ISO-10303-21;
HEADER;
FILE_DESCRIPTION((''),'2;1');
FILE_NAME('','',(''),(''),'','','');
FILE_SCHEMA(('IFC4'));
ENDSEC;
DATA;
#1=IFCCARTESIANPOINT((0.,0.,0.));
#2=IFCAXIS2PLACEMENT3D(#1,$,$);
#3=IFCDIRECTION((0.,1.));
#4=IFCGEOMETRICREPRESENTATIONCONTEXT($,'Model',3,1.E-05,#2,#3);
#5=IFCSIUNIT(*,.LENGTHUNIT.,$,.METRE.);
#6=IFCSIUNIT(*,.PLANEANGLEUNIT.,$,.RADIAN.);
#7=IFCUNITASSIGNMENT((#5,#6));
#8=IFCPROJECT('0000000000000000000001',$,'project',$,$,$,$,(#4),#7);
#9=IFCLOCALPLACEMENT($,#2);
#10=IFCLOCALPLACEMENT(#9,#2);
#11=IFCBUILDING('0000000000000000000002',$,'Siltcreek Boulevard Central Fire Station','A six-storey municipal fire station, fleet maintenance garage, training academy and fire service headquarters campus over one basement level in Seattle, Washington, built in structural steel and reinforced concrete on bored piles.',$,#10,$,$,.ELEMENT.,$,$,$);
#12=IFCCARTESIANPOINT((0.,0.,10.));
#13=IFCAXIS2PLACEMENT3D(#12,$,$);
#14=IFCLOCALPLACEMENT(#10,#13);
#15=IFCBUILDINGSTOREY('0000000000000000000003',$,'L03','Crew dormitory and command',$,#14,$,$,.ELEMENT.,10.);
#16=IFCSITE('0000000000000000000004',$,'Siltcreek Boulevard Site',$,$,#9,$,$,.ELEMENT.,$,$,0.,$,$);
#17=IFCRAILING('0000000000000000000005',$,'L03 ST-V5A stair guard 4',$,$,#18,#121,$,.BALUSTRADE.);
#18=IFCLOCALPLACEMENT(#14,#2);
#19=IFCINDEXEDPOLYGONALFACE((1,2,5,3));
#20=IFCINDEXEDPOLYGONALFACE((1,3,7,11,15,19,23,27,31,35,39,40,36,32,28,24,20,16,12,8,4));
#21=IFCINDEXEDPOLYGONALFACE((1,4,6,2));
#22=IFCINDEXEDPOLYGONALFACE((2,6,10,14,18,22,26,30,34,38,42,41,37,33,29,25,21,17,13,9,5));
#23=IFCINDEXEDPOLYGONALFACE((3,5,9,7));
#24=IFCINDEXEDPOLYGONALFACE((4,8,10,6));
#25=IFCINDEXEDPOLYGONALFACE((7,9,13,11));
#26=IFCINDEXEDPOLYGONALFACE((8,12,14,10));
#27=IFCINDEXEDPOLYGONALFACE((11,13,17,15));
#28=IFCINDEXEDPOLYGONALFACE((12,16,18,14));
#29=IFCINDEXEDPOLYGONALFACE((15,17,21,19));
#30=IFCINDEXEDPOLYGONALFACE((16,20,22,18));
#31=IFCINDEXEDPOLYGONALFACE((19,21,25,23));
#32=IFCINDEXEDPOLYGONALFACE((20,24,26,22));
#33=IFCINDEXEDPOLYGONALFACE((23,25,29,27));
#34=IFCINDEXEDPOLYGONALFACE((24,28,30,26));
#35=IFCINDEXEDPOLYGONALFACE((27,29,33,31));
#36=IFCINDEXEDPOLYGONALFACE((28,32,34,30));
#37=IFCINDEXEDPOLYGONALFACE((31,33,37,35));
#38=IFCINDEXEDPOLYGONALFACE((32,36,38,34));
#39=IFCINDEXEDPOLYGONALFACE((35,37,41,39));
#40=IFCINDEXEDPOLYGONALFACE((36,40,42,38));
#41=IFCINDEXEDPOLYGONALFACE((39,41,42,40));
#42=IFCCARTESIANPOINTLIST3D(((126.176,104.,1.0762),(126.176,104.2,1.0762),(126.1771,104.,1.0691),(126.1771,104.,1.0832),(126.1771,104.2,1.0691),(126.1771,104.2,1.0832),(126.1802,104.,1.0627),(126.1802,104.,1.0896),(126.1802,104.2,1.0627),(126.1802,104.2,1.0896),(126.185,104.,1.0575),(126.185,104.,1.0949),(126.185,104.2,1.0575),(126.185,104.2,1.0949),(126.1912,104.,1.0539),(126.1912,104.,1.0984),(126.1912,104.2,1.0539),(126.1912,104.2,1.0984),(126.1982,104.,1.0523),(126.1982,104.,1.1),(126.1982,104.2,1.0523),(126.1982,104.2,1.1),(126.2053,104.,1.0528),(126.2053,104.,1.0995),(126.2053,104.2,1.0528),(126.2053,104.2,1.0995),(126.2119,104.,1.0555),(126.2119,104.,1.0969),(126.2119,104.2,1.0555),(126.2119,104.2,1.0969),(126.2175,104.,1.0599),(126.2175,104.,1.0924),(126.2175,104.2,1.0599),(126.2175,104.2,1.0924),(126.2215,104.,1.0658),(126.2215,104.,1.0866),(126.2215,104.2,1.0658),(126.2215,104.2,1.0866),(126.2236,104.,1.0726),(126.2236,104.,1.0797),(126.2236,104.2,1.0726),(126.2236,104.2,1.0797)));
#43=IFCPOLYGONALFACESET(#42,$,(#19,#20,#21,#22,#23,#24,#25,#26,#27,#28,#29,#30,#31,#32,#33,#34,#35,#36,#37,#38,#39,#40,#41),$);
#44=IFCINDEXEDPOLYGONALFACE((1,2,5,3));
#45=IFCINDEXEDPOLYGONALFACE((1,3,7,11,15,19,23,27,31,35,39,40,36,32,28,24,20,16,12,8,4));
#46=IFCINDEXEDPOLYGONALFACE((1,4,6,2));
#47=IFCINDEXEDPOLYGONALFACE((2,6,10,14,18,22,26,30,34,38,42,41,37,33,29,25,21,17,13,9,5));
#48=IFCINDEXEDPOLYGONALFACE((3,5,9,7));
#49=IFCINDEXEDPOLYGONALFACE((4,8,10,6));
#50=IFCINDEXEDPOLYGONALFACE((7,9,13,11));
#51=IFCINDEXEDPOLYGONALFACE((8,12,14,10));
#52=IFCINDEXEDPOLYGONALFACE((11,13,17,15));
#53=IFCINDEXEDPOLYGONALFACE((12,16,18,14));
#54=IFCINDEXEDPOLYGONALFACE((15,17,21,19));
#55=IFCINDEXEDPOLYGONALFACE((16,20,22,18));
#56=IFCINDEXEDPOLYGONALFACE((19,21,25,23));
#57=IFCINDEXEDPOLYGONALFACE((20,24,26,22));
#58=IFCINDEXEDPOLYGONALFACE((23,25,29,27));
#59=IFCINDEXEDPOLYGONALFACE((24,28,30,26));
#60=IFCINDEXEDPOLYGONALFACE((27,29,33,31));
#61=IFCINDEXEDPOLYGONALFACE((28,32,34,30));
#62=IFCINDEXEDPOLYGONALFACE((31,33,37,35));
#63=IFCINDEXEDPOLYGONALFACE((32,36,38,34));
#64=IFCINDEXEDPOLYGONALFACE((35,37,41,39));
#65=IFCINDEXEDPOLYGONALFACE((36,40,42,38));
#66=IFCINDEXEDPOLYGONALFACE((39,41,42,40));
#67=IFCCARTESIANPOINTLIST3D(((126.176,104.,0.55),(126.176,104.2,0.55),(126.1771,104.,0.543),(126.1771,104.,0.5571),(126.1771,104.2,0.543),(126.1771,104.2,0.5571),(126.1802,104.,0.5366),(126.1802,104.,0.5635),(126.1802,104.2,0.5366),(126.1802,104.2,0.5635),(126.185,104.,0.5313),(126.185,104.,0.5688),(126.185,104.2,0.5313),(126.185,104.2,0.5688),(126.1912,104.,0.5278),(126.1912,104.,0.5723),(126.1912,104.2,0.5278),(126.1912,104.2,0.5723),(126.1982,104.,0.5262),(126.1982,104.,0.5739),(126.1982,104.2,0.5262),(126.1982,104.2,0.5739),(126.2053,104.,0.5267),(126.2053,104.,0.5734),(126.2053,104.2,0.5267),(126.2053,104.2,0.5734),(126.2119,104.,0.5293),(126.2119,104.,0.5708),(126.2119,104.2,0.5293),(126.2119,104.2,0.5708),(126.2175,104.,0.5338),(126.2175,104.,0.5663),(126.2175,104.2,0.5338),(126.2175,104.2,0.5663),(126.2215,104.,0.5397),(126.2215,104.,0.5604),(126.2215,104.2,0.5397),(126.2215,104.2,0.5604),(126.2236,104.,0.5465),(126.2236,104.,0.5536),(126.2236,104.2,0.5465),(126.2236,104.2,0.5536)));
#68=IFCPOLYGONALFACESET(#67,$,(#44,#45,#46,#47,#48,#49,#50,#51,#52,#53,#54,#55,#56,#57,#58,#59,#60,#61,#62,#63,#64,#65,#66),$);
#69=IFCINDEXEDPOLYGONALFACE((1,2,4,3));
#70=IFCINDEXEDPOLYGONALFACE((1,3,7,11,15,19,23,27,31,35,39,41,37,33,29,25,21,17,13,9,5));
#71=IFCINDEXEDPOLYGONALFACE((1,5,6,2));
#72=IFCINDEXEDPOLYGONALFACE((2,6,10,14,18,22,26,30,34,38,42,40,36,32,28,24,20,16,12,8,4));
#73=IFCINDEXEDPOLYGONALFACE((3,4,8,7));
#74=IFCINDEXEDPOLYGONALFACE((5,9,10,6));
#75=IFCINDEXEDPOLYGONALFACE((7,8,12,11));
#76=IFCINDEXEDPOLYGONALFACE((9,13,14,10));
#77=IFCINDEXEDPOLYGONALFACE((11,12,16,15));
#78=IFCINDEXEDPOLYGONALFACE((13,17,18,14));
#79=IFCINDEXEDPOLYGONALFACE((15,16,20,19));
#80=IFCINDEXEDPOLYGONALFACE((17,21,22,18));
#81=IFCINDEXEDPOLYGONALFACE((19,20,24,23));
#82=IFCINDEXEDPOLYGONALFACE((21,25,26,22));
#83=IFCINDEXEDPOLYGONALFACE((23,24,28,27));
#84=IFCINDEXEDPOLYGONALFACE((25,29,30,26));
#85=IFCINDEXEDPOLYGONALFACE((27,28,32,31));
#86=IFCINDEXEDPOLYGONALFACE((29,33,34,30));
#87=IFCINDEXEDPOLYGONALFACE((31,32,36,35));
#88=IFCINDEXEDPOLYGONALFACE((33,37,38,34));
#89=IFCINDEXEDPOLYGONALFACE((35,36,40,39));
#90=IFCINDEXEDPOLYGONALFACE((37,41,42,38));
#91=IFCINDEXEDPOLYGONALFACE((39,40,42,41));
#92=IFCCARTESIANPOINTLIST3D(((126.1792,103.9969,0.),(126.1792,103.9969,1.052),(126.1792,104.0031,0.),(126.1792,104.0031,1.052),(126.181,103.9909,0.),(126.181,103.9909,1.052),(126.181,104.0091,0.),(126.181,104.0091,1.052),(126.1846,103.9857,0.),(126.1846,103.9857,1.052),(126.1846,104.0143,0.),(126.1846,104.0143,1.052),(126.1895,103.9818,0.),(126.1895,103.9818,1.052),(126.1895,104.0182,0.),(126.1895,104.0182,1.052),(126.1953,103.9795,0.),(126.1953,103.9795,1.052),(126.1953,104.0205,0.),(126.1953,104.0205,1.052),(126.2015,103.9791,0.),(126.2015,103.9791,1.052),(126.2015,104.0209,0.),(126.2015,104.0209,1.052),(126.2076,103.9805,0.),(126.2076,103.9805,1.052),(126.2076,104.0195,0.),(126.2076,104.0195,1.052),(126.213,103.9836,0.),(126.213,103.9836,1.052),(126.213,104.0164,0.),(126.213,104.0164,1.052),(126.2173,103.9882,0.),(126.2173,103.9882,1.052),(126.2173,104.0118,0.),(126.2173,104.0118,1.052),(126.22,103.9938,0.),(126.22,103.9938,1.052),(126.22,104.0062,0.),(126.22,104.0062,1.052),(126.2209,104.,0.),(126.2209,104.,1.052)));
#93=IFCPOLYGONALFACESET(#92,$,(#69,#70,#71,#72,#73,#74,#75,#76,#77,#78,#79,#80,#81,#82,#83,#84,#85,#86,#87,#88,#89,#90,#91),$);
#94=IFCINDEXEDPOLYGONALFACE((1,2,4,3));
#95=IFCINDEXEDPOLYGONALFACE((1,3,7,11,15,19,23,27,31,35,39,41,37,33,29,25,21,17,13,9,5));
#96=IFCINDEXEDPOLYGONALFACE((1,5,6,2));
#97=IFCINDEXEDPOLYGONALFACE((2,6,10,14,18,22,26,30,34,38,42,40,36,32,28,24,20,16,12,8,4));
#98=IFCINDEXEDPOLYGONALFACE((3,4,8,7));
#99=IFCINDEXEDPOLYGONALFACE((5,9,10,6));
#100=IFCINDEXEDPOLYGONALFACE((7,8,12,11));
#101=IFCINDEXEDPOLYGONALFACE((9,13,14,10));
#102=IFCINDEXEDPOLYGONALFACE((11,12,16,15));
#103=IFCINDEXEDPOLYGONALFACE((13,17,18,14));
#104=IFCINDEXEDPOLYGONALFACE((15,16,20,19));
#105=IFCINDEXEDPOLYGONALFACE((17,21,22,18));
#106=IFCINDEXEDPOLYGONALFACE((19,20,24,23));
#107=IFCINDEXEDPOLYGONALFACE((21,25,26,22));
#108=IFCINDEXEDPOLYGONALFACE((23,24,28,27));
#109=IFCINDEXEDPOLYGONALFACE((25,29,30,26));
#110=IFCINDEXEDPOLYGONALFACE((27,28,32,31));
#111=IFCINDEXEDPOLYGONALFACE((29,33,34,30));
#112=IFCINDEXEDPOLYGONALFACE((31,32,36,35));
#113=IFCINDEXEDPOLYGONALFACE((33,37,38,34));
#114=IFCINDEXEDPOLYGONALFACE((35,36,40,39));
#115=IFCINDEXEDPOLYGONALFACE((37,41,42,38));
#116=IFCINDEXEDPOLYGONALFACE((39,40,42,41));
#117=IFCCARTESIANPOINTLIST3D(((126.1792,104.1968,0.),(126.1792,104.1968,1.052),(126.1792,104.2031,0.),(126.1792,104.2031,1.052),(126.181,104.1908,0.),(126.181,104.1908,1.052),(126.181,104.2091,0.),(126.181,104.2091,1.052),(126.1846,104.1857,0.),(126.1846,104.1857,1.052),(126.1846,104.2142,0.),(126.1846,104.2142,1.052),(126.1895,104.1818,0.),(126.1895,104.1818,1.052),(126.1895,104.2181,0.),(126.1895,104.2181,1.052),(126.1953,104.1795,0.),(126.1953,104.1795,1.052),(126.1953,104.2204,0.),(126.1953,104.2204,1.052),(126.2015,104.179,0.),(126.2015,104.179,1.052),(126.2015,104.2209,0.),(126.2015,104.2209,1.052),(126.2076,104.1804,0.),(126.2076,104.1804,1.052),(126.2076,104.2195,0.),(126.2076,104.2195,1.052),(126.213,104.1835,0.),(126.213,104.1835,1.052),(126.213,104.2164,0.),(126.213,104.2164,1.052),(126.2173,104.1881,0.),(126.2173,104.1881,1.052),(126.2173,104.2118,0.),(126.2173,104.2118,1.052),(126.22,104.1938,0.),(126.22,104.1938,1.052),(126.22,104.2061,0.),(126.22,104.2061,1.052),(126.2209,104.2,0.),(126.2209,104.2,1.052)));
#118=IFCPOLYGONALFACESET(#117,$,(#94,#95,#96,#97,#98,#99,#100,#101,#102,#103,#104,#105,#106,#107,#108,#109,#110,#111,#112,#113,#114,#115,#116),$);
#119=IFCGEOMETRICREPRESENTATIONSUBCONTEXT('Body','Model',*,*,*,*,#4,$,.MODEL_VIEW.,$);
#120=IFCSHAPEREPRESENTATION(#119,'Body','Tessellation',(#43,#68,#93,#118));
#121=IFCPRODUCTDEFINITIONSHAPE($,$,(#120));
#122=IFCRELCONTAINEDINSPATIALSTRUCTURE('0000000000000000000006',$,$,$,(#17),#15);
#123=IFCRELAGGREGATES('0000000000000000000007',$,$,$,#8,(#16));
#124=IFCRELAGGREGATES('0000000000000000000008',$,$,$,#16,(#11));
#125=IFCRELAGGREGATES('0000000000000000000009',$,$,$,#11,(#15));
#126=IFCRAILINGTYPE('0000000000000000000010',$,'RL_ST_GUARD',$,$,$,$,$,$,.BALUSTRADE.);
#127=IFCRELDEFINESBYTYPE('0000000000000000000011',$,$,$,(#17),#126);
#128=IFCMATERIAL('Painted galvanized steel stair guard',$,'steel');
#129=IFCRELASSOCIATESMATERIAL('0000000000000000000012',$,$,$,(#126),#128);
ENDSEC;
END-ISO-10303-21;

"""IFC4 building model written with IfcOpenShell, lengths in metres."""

from ifc_helpers import new_model, si_unit, direction, frame, origin, origin_2d, place, context, subcontext, project, spatial, circle, extrude, material, type_object, element, save


model = new_model("IFC4")

# Units and contexts
model_context = context("Model", 3, precision=1e-05, world=origin(), true_north=direction((0.0, 1.0)))
body_context = subcontext(model_context, "Body", "Model", "MODEL_VIEW")
ifc_project = project(units=[si_unit("LENGTHUNIT", "METRE"), si_unit("PLANEANGLEUNIT", "RADIAN")], contexts=[model_context])

# Site, building, storey
site_placement = place(None, origin())
site = spatial("IfcSite", under=ifc_project, at=site_placement, Name="Siltcreek Boulevard Site", CompositionType="ELEMENT", RefElevation=0.0)
building_placement = place(site_placement, origin())
building = spatial("IfcBuilding", under=site, at=building_placement, Name="Siltcreek Boulevard Central Fire Station", Description="A six-storey municipal fire station, fleet maintenance garage, training academy and fire service headquarters campus over one basement level in Seattle, Washington, built in structural steel and reinforced concrete on bored piles.", CompositionType="ELEMENT")
storey_placement = place(building_placement, frame((0.0, 0.0, 10.0)))
storey = spatial("IfcBuildingStorey", under=building, at=storey_placement, Name="L03", Description="Crew dormitory and command", CompositionType="ELEMENT", Elevation=10.0)

# Railing
ifc_material_1 = material(Name="Painted galvanized steel stair guard", Category="steel")
railing_type_1 = type_object("IfcRailingType", Name="RL_ST_GUARD", PredefinedType="BALUSTRADE", material=ifc_material_1)
railing_1_placement = place(storey_placement, frame((126.2, 104.0, 0.0)))
element("IfcRailing", 1, at=railing_1_placement, inside=storey, type_object=railing_type_1, Name="L03 ST-V5A stair guard 4", PredefinedType="BALUSTRADE", context=body_context, shape_type="SweptSolid", body=[
    extrude(circle(Radius=0.0239, at=origin_2d()), frame((0.0, 0.0, 1.0762), z_axis=(0.0, 1.0, 0.0), x_axis=(-1.0, 0.0, 0.0)), (0.0, 0.0, 1.0), 0.2),
    extrude(circle(Radius=0.0239, at=origin_2d()), frame((0.0, 0.0, 0.55), z_axis=(0.0, 1.0, 0.0), x_axis=(-1.0, 0.0, 0.0)), (0.0, 0.0, 1.0), 0.2),
    extrude(circle(Radius=0.021, at=origin_2d()), origin(), (0.0, 0.0, 1.0), 1.052),
    extrude(circle(Radius=0.021, at=origin_2d()), frame((0.0, 0.2, 0.0)), (0.0, 0.0, 1.0), 1.052),
])

save(model, "model.ifc")
